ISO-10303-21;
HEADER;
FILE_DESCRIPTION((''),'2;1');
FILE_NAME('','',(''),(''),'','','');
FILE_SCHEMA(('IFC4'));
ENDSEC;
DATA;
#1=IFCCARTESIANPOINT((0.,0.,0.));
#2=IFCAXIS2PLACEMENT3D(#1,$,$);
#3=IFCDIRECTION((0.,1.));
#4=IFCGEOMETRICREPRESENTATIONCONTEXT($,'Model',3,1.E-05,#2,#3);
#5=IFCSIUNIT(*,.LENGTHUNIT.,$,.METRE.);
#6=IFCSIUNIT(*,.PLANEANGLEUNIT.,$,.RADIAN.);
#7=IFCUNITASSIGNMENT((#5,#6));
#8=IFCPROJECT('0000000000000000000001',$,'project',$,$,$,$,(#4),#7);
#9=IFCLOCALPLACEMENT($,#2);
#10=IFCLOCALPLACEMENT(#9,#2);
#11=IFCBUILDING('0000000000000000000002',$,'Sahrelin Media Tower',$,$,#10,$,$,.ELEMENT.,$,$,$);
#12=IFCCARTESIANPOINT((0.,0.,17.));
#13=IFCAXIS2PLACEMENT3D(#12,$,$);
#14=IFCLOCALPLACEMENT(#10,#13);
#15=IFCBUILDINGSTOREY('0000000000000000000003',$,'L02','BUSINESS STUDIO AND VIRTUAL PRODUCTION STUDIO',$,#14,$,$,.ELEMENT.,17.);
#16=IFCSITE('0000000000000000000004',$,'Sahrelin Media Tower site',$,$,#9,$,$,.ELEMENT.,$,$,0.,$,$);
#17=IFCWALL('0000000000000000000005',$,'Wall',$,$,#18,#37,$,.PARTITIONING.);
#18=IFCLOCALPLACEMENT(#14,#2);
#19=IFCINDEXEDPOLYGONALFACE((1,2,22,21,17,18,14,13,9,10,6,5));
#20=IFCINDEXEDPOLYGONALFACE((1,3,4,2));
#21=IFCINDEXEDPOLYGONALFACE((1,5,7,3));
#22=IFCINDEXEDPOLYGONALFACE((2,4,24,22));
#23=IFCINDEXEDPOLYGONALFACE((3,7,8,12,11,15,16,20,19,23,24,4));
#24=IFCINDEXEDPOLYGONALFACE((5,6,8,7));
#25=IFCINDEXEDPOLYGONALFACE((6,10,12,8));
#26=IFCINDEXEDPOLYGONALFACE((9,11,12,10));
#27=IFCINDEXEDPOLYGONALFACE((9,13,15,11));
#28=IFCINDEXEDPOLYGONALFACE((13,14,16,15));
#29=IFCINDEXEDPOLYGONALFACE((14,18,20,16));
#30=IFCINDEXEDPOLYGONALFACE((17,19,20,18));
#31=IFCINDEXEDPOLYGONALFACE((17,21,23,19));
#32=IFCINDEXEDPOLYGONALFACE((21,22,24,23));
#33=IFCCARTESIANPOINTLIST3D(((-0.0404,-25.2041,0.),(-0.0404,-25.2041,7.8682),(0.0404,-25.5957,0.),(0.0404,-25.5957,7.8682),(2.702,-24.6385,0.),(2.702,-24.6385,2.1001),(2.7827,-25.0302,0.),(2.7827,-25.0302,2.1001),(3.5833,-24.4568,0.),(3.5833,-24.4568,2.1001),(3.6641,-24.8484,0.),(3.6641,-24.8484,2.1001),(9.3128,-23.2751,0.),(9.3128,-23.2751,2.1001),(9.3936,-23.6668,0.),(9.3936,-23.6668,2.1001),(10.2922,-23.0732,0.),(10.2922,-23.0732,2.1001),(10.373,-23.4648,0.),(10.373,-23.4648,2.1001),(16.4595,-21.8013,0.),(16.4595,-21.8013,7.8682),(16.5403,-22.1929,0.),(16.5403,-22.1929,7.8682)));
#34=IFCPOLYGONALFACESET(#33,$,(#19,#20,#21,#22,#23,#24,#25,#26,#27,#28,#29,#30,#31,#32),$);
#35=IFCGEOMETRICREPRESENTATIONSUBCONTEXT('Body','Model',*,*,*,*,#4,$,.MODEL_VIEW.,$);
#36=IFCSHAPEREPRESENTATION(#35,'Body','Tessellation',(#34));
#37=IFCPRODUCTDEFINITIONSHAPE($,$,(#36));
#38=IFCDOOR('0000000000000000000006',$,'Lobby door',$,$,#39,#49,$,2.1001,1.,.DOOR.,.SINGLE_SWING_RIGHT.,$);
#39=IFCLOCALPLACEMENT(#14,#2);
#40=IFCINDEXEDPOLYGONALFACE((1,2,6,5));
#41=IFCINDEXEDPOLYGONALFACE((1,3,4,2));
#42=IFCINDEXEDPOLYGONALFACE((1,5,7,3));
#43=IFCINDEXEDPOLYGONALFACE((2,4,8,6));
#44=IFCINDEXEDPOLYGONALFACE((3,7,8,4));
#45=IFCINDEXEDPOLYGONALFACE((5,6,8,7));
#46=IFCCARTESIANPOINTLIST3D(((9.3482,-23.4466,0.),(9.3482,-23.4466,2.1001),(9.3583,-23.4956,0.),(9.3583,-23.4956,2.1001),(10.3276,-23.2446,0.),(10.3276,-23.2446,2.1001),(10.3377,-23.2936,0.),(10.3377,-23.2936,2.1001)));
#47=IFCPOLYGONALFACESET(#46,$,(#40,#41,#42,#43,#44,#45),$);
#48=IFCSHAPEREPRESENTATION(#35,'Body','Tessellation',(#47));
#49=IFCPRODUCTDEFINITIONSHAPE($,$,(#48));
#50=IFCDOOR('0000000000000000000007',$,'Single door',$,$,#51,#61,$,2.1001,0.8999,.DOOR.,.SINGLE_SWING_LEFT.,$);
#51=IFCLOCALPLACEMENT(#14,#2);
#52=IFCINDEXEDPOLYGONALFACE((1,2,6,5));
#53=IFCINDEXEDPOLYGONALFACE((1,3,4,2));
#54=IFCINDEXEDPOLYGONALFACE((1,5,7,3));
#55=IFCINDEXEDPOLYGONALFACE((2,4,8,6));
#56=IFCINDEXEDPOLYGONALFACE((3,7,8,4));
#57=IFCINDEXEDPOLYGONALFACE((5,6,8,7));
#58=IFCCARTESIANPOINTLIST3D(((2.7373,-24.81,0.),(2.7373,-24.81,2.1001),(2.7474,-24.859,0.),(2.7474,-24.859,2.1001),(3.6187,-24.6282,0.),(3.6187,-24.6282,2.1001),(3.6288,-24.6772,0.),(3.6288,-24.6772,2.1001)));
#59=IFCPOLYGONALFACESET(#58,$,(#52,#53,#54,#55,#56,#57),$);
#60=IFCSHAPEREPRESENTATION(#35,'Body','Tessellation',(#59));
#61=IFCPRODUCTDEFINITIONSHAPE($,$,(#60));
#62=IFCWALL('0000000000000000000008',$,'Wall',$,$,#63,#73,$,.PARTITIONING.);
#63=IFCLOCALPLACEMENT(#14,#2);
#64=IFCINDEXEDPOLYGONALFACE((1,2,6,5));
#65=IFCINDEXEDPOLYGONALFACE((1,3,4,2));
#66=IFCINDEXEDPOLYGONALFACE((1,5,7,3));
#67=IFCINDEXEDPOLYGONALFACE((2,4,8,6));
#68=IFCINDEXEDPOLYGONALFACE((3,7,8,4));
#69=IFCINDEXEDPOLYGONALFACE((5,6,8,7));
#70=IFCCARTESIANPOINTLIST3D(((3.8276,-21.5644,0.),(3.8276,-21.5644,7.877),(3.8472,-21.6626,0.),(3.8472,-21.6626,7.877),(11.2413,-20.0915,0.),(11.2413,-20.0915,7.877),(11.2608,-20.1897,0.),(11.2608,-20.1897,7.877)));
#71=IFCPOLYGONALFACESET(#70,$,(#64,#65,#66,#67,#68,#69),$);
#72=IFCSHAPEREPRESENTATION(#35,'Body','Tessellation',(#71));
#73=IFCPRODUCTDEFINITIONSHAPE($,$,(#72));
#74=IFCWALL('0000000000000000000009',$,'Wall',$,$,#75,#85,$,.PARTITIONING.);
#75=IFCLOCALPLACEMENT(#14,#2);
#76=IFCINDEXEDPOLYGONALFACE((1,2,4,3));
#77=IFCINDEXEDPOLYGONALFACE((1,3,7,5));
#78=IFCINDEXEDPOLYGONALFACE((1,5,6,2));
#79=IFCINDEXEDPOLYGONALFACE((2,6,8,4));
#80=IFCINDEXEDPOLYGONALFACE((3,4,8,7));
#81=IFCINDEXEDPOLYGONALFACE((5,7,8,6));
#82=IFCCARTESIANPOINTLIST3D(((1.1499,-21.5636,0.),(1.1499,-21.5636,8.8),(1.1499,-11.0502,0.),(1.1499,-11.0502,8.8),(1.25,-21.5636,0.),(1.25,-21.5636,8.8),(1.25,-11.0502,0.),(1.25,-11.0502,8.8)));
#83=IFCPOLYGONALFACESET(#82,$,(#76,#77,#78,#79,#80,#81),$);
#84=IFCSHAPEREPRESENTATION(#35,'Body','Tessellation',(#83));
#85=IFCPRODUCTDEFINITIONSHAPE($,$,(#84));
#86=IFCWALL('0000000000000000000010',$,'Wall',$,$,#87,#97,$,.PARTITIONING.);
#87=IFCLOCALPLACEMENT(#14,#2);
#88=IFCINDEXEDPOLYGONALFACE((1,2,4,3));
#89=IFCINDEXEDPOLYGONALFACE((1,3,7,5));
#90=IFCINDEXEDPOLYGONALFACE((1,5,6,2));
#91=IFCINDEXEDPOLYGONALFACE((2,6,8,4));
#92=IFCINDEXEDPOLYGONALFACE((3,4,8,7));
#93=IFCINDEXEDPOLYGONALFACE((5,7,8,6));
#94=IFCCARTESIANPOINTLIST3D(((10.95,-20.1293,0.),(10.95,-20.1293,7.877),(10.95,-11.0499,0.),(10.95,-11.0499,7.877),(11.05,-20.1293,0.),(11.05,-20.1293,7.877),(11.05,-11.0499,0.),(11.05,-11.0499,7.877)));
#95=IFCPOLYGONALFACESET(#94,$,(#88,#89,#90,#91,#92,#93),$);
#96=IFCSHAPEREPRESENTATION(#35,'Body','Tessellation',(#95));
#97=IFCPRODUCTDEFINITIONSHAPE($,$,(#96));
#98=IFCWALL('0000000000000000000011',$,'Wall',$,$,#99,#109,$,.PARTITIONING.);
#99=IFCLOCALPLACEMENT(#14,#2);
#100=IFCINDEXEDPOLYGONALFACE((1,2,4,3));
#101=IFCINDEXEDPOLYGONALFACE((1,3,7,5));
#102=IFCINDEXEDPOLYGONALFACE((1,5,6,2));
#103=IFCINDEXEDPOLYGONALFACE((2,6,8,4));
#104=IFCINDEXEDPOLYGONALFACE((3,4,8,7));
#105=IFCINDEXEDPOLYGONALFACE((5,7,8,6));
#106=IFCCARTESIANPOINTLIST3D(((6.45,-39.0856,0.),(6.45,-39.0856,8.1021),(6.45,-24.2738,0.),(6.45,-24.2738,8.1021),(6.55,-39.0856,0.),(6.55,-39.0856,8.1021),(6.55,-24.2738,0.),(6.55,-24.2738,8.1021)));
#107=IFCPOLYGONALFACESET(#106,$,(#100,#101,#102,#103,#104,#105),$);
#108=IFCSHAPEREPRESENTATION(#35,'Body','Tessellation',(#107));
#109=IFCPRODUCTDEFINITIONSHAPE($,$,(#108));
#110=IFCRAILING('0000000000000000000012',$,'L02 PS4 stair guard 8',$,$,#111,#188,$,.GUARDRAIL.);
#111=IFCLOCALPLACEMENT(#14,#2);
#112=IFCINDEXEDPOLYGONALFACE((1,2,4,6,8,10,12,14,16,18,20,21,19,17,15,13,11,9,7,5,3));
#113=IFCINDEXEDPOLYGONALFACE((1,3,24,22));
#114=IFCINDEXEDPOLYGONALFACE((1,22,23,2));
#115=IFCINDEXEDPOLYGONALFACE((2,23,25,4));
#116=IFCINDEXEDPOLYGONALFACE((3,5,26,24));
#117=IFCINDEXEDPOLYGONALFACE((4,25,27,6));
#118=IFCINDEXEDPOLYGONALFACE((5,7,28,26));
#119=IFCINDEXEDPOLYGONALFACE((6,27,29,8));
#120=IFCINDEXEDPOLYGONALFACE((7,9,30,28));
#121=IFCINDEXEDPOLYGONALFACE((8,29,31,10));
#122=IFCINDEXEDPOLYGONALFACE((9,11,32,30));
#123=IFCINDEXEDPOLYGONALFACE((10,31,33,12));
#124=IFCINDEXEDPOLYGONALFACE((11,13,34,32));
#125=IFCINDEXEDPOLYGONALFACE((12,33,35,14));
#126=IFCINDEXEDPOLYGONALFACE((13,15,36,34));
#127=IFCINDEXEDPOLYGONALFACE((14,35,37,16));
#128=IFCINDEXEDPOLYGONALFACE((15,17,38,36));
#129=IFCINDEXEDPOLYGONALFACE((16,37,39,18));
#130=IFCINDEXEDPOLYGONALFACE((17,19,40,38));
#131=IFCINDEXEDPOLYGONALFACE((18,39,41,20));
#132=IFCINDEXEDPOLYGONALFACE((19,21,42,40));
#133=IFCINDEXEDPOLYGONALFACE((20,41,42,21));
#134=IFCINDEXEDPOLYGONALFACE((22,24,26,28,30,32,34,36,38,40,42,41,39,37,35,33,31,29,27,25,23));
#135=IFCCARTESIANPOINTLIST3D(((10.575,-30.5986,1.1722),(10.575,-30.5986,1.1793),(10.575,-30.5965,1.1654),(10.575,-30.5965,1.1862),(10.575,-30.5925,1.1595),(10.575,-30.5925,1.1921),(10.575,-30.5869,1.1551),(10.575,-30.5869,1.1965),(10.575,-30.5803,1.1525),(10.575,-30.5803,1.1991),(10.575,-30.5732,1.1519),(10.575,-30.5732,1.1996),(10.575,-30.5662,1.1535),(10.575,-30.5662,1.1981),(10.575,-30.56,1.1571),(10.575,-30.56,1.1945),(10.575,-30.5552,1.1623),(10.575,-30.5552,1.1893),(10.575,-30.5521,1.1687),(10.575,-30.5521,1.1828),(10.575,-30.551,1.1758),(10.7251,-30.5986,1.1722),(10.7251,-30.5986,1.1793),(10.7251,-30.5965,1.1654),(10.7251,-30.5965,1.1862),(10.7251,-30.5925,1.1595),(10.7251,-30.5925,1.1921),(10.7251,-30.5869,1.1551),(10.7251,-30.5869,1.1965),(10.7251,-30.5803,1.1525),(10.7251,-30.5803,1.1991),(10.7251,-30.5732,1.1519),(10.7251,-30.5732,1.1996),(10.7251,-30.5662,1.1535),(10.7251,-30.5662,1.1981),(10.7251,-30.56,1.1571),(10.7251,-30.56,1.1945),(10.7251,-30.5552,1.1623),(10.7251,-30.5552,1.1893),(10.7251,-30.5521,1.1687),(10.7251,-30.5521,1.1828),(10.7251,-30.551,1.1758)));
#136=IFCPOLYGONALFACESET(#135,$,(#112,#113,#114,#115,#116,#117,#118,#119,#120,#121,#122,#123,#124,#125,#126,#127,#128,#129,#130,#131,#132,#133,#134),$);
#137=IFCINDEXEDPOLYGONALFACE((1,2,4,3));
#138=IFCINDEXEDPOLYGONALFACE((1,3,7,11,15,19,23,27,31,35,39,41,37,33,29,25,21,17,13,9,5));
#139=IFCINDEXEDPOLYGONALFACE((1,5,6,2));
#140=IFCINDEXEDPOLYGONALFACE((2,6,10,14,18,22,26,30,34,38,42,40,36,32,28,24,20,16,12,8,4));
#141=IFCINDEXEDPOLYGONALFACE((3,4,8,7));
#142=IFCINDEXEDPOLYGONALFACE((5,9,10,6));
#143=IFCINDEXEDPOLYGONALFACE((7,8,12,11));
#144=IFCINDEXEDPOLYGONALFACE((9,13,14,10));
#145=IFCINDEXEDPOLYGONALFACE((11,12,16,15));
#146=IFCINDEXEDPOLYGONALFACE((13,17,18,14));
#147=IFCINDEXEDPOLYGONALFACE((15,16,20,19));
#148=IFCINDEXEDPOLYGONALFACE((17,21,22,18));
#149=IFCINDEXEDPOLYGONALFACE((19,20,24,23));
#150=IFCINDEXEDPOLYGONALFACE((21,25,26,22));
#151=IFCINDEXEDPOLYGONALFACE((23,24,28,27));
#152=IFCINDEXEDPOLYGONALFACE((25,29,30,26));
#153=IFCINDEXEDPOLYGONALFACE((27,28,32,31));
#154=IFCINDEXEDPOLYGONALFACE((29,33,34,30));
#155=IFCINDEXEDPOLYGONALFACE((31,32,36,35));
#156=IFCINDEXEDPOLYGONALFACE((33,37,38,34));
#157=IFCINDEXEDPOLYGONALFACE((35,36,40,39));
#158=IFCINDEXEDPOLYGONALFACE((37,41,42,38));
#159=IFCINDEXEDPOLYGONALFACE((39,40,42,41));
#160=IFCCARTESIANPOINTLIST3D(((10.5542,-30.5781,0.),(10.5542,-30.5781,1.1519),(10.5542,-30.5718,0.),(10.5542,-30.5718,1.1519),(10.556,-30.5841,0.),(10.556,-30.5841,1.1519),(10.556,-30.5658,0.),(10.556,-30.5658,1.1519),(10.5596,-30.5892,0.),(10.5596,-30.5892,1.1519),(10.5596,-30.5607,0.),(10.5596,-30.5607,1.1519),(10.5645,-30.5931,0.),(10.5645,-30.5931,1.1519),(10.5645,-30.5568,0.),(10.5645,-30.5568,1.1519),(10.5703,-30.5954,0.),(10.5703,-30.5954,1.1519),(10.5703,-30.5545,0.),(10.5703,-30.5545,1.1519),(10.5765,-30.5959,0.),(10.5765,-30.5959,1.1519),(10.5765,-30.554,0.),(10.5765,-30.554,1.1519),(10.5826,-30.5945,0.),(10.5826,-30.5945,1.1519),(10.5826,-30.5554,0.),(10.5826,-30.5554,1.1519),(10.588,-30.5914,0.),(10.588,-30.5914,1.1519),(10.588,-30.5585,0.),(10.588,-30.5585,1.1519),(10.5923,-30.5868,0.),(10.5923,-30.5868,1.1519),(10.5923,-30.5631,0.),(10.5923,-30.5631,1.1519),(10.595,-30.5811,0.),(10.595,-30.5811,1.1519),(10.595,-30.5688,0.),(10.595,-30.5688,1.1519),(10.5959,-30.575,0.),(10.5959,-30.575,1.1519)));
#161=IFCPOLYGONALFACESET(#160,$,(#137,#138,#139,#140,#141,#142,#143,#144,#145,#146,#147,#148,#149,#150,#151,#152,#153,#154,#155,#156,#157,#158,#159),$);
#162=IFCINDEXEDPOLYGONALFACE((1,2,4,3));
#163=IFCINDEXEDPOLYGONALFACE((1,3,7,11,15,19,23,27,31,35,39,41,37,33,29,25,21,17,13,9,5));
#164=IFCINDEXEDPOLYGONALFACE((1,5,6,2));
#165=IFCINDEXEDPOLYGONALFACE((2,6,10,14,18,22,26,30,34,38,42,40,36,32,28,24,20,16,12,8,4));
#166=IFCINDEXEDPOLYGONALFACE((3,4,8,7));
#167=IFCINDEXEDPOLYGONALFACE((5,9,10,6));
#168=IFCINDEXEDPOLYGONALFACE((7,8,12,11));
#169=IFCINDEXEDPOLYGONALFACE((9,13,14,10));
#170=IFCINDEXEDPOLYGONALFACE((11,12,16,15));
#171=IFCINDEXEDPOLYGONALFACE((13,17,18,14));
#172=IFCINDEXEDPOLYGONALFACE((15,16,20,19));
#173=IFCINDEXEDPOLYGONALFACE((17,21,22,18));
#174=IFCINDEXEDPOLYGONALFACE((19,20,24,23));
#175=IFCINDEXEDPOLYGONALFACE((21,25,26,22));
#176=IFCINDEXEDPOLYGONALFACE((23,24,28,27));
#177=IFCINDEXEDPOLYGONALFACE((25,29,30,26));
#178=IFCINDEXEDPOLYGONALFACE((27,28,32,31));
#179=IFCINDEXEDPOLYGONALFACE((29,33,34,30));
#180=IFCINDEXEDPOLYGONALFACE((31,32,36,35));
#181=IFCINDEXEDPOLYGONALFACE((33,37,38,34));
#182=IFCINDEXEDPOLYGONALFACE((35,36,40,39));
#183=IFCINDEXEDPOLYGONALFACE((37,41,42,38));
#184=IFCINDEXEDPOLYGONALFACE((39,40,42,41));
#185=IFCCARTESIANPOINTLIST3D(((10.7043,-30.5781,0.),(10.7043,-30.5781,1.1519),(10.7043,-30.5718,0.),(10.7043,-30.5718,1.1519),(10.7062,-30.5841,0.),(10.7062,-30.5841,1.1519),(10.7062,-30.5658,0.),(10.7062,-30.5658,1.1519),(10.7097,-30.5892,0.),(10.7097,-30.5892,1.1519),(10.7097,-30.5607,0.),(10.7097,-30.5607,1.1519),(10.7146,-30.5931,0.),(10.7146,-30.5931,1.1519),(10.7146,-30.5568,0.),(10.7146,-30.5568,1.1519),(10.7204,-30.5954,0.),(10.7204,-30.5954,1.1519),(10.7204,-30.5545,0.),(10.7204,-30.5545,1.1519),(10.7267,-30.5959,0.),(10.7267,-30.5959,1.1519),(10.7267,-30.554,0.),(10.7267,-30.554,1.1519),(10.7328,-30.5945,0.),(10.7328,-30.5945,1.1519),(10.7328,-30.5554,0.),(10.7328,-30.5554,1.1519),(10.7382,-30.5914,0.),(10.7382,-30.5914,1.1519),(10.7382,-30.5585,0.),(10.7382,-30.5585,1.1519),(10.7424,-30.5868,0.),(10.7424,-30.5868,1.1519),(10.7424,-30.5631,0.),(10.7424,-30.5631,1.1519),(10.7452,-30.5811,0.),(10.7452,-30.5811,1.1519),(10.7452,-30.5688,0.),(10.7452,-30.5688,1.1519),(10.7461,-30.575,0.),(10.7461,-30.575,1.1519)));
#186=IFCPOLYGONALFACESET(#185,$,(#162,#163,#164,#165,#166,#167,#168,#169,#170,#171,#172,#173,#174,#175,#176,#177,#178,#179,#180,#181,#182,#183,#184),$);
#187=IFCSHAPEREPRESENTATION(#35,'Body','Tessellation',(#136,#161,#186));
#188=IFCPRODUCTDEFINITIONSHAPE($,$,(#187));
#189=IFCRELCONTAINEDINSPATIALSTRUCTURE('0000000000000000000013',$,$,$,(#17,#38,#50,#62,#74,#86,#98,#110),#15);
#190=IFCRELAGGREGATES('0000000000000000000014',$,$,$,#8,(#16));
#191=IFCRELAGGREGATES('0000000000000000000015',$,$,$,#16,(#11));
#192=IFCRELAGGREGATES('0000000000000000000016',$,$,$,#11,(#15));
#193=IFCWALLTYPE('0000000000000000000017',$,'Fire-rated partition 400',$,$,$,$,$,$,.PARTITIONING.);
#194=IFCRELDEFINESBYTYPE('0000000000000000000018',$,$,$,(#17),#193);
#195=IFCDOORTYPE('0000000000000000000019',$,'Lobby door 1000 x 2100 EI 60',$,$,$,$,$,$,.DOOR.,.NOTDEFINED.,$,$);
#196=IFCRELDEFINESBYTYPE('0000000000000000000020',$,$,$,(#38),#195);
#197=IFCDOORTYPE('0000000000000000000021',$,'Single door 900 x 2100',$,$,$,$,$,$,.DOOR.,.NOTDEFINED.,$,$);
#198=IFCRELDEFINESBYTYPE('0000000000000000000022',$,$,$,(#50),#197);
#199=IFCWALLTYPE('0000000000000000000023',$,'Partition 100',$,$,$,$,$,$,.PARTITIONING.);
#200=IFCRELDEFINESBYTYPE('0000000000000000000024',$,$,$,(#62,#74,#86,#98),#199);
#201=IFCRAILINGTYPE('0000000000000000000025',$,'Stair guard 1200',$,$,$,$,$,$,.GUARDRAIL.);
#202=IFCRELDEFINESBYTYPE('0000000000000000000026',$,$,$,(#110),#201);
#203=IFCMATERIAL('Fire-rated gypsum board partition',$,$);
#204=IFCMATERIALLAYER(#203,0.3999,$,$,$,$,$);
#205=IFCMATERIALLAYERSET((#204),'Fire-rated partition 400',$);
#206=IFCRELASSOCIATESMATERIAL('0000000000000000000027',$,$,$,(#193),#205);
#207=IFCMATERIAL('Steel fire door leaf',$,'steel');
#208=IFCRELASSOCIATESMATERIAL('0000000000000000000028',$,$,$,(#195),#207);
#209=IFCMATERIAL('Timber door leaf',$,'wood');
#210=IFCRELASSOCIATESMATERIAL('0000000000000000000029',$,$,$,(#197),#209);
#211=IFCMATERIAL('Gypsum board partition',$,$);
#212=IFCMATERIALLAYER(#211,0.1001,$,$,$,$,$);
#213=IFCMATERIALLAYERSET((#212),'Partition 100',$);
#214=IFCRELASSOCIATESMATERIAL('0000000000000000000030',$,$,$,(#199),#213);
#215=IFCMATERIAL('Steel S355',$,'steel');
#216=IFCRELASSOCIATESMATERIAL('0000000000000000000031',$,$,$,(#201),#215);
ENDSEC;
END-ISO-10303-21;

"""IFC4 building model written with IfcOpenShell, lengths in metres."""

from ifc_helpers import new_model, si_unit, direction, frame, frame_2d, origin, origin_2d, place, context, subcontext, project, spatial, rectangle, circle, extrude, material, layer, layer_set, type_object, element, fill, save


model = new_model("IFC4")

# Units and contexts
model_context = context("Model", 3, precision=1e-05, world=origin(), true_north=direction((0.0, 1.0)))
body_context = subcontext(model_context, "Body", "Model", "MODEL_VIEW")
ifc_project = project(units=[si_unit("LENGTHUNIT", "METRE"), si_unit("PLANEANGLEUNIT", "RADIAN")], contexts=[model_context])

# Site, building, storey
site_placement = place(None, origin())
site = spatial("IfcSite", under=ifc_project, at=site_placement, Name="Sahrelin Media Tower site", CompositionType="ELEMENT", RefElevation=0.0)
building_placement = place(site_placement, origin())
building = spatial("IfcBuilding", under=site, at=building_placement, Name="Sahrelin Media Tower", CompositionType="ELEMENT")
storey_placement = place(building_placement, frame((0.0, 0.0, 17.0)))
storey = spatial("IfcBuildingStorey", under=building, at=storey_placement, Name="L02", Description="BUSINESS STUDIO AND VIRTUAL PRODUCTION STUDIO", CompositionType="ELEMENT", Elevation=17.0)

# Shared definitions
ifc_material_1 = material(Name="Steel S355", Category="steel")

# Wall, openings, doors
ifc_material_2 = material(Name="Fire-rated gypsum board partition")
ifc_layer_1 = layer(ifc_material_2, 0.3999)
ifc_layer_set_1 = layer_set([ifc_layer_1], Name="Fire-rated partition 400")
wall_type_1 = type_object("IfcWallType", Name="Fire-rated partition 400", PredefinedType="PARTITIONING", material=ifc_layer_set_1)
wall_1_placement = place(storey_placement, frame((0.0, -25.3999, 0.0), z_axis=(0.0, 0.0, 1.0), x_axis=(0.979389, 0.201982, 0.0)))
wall_1 = element("IfcWall", 1, at=wall_1_placement, inside=storey, type_object=wall_type_1, Name="Wall", PredefinedType="PARTITIONING", context=body_context, shape_type="SweptSolid", body=[
    extrude(rectangle(XDim=16.8472, YDim=0.3999, at=frame_2d((8.4236, 0.0))), origin(), (0.0, 0.0, 1.0), 7.8682),
])
opening_1_placement = place(wall_1_placement, frame((9.55, 0.0, 0.0)))
opening_1 = element("IfcOpeningElement", 2, at=opening_1_placement, cuts=wall_1, PredefinedType="OPENING", context=body_context, shape_type="SweptSolid", body=[
    extrude(rectangle(XDim=1.0, YDim=2.1001, at=frame_2d((0.5, 1.05))), frame((0.0, 0.2, 0.0), z_axis=(0.0, -1.0, 0.0), x_axis=(1.0, 0.0, 0.0)), (0.0, 0.0, 1.0), 0.3999),
])
opening_2_placement = place(wall_1_placement, frame((2.8, 0.0, 0.0)))
opening_2 = element("IfcOpeningElement", 3, at=opening_2_placement, cuts=wall_1, PredefinedType="OPENING", context=body_context, shape_type="SweptSolid", body=[
    extrude(rectangle(XDim=0.8999, YDim=2.1001, at=frame_2d((0.45, 1.05))), frame((0.0, 0.2, 0.0), z_axis=(0.0, -1.0, 0.0), x_axis=(1.0, 0.0, 0.0)), (0.0, 0.0, 1.0), 0.3999),
])
ifc_material_3 = material(Name="Steel fire door leaf", Category="steel")
door_type_1 = type_object("IfcDoorType", Name="Lobby door 1000 x 2100 EI 60", OperationType="NOTDEFINED", PredefinedType="DOOR", material=ifc_material_3)
door_1_placement = place(opening_1_placement, origin())
door_1 = element("IfcDoor", 4, at=door_1_placement, inside=storey, type_object=door_type_1, Name="Lobby door", OperationType="SINGLE_SWING_RIGHT", OverallHeight=2.1001, OverallWidth=1.0, PredefinedType="DOOR", context=body_context, shape_type="SweptSolid", body=[
    extrude(rectangle(XDim=1.0, YDim=2.1001, at=frame_2d((0.5, 1.05))), frame((0.0, 0.0249, 0.0), z_axis=(0.0, -1.0, 0.0), x_axis=(1.0, 0.0, 0.0)), (0.0, 0.0, 1.0), 0.05),
])
fill(opening_1, door_1)
ifc_material_4 = material(Name="Timber door leaf", Category="wood")
door_type_2 = type_object("IfcDoorType", Name="Single door 900 x 2100", OperationType="NOTDEFINED", PredefinedType="DOOR", material=ifc_material_4)
door_2_placement = place(opening_2_placement, origin())
door_2 = element("IfcDoor", 5, at=door_2_placement, inside=storey, type_object=door_type_2, Name="Single door", OperationType="SINGLE_SWING_LEFT", OverallHeight=2.1001, OverallWidth=0.8999, PredefinedType="DOOR", context=body_context, shape_type="SweptSolid", body=[
    extrude(rectangle(XDim=0.8999, YDim=2.1001, at=frame_2d((0.45, 1.05))), frame((0.0, 0.0249, 0.0), z_axis=(0.0, -1.0, 0.0), x_axis=(1.0, 0.0, 0.0)), (0.0, 0.0, 1.0), 0.05),
])
fill(opening_2, door_2)

# Walls
ifc_material_5 = material(Name="Gypsum board partition")
ifc_layer_2 = layer(ifc_material_5, 0.1001)
ifc_layer_set_2 = layer_set([ifc_layer_2], Name="Partition 100")
wall_type_2 = type_object("IfcWallType", Name="Partition 100", PredefinedType="PARTITIONING", material=ifc_layer_set_2)
wall_2_placement = place(storey_placement, frame((3.8374, -21.6135, 0.0), z_axis=(0.0, 0.0, 1.0), x_axis=(0.98083, 0.194867, 0.0)))
element("IfcWall", 6, at=wall_2_placement, inside=storey, type_object=wall_type_2, Name="Wall", PredefinedType="PARTITIONING", context=body_context, shape_type="SweptSolid", body=[
    extrude(rectangle(XDim=7.5586, YDim=0.1001, at=frame_2d((3.7793, 0.0))), origin(), (0.0, 0.0, 1.0), 7.877),
])
wall_3_placement = place(storey_placement, frame((1.2, -11.05, 0.0), z_axis=(0.0, 0.0, 1.0), x_axis=(0.0, -1.0, 0.0)))
element("IfcWall", 7, at=wall_3_placement, inside=storey, type_object=wall_type_2, Name="Wall", PredefinedType="PARTITIONING", context=body_context, shape_type="SweptSolid", body=[
    extrude(rectangle(XDim=10.5134, YDim=0.1001, at=frame_2d((5.2568, 0.0))), origin(), (0.0, 0.0, 1.0), 8.8),
])
wall_4_placement = place(storey_placement, frame((11.0, -11.05, 0.0), z_axis=(0.0, 0.0, 1.0), x_axis=(0.0, -1.0, 0.0)))
element("IfcWall", 8, at=wall_4_placement, inside=storey, type_object=wall_type_2, Name="Wall", PredefinedType="PARTITIONING", context=body_context, shape_type="SweptSolid", body=[
    extrude(rectangle(XDim=9.0793, YDim=0.1001, at=frame_2d((4.5396, 0.0))), origin(), (0.0, 0.0, 1.0), 7.877),
])
wall_5_placement = place(storey_placement, frame((6.5, -24.2739, 0.0), z_axis=(0.0, 0.0, 1.0), x_axis=(0.0, -1.0, 0.0)))
element("IfcWall", 9, at=wall_5_placement, inside=storey, type_object=wall_type_2, Name="Wall", PredefinedType="PARTITIONING", context=body_context, shape_type="SweptSolid", body=[
    extrude(rectangle(XDim=14.8118, YDim=0.1001, at=frame_2d((7.4058, 0.0))), origin(), (0.0, 0.0, 1.0), 8.1021),
])

# Railing
railing_type = type_object("IfcRailingType", Name="Stair guard 1200", PredefinedType="GUARDRAIL", material=ifc_material_1)
railing_placement = place(storey_placement, frame((10.575, -30.575, 0.0)))
element("IfcRailing", 10, at=railing_placement, inside=storey, type_object=railing_type, Name="L02 PS4 stair guard 8", PredefinedType="GUARDRAIL", context=body_context, shape_type="SweptSolid", body=[
    extrude(circle(Radius=0.0239, at=origin_2d()), frame((0.0, 0.0, 1.1758), z_axis=(1.0, 0.0, 0.0), x_axis=(0.0, 1.0, 0.0)), (0.0, 0.0, 1.0), 0.1501),
    extrude(circle(Radius=0.021, at=origin_2d()), origin(), (0.0, 0.0, 1.0), 1.1519),
    extrude(circle(Radius=0.021, at=origin_2d()), frame((0.1501, 0.0, 0.0)), (0.0, 0.0, 1.0), 1.1519),
])

save(model, "model.ifc")
